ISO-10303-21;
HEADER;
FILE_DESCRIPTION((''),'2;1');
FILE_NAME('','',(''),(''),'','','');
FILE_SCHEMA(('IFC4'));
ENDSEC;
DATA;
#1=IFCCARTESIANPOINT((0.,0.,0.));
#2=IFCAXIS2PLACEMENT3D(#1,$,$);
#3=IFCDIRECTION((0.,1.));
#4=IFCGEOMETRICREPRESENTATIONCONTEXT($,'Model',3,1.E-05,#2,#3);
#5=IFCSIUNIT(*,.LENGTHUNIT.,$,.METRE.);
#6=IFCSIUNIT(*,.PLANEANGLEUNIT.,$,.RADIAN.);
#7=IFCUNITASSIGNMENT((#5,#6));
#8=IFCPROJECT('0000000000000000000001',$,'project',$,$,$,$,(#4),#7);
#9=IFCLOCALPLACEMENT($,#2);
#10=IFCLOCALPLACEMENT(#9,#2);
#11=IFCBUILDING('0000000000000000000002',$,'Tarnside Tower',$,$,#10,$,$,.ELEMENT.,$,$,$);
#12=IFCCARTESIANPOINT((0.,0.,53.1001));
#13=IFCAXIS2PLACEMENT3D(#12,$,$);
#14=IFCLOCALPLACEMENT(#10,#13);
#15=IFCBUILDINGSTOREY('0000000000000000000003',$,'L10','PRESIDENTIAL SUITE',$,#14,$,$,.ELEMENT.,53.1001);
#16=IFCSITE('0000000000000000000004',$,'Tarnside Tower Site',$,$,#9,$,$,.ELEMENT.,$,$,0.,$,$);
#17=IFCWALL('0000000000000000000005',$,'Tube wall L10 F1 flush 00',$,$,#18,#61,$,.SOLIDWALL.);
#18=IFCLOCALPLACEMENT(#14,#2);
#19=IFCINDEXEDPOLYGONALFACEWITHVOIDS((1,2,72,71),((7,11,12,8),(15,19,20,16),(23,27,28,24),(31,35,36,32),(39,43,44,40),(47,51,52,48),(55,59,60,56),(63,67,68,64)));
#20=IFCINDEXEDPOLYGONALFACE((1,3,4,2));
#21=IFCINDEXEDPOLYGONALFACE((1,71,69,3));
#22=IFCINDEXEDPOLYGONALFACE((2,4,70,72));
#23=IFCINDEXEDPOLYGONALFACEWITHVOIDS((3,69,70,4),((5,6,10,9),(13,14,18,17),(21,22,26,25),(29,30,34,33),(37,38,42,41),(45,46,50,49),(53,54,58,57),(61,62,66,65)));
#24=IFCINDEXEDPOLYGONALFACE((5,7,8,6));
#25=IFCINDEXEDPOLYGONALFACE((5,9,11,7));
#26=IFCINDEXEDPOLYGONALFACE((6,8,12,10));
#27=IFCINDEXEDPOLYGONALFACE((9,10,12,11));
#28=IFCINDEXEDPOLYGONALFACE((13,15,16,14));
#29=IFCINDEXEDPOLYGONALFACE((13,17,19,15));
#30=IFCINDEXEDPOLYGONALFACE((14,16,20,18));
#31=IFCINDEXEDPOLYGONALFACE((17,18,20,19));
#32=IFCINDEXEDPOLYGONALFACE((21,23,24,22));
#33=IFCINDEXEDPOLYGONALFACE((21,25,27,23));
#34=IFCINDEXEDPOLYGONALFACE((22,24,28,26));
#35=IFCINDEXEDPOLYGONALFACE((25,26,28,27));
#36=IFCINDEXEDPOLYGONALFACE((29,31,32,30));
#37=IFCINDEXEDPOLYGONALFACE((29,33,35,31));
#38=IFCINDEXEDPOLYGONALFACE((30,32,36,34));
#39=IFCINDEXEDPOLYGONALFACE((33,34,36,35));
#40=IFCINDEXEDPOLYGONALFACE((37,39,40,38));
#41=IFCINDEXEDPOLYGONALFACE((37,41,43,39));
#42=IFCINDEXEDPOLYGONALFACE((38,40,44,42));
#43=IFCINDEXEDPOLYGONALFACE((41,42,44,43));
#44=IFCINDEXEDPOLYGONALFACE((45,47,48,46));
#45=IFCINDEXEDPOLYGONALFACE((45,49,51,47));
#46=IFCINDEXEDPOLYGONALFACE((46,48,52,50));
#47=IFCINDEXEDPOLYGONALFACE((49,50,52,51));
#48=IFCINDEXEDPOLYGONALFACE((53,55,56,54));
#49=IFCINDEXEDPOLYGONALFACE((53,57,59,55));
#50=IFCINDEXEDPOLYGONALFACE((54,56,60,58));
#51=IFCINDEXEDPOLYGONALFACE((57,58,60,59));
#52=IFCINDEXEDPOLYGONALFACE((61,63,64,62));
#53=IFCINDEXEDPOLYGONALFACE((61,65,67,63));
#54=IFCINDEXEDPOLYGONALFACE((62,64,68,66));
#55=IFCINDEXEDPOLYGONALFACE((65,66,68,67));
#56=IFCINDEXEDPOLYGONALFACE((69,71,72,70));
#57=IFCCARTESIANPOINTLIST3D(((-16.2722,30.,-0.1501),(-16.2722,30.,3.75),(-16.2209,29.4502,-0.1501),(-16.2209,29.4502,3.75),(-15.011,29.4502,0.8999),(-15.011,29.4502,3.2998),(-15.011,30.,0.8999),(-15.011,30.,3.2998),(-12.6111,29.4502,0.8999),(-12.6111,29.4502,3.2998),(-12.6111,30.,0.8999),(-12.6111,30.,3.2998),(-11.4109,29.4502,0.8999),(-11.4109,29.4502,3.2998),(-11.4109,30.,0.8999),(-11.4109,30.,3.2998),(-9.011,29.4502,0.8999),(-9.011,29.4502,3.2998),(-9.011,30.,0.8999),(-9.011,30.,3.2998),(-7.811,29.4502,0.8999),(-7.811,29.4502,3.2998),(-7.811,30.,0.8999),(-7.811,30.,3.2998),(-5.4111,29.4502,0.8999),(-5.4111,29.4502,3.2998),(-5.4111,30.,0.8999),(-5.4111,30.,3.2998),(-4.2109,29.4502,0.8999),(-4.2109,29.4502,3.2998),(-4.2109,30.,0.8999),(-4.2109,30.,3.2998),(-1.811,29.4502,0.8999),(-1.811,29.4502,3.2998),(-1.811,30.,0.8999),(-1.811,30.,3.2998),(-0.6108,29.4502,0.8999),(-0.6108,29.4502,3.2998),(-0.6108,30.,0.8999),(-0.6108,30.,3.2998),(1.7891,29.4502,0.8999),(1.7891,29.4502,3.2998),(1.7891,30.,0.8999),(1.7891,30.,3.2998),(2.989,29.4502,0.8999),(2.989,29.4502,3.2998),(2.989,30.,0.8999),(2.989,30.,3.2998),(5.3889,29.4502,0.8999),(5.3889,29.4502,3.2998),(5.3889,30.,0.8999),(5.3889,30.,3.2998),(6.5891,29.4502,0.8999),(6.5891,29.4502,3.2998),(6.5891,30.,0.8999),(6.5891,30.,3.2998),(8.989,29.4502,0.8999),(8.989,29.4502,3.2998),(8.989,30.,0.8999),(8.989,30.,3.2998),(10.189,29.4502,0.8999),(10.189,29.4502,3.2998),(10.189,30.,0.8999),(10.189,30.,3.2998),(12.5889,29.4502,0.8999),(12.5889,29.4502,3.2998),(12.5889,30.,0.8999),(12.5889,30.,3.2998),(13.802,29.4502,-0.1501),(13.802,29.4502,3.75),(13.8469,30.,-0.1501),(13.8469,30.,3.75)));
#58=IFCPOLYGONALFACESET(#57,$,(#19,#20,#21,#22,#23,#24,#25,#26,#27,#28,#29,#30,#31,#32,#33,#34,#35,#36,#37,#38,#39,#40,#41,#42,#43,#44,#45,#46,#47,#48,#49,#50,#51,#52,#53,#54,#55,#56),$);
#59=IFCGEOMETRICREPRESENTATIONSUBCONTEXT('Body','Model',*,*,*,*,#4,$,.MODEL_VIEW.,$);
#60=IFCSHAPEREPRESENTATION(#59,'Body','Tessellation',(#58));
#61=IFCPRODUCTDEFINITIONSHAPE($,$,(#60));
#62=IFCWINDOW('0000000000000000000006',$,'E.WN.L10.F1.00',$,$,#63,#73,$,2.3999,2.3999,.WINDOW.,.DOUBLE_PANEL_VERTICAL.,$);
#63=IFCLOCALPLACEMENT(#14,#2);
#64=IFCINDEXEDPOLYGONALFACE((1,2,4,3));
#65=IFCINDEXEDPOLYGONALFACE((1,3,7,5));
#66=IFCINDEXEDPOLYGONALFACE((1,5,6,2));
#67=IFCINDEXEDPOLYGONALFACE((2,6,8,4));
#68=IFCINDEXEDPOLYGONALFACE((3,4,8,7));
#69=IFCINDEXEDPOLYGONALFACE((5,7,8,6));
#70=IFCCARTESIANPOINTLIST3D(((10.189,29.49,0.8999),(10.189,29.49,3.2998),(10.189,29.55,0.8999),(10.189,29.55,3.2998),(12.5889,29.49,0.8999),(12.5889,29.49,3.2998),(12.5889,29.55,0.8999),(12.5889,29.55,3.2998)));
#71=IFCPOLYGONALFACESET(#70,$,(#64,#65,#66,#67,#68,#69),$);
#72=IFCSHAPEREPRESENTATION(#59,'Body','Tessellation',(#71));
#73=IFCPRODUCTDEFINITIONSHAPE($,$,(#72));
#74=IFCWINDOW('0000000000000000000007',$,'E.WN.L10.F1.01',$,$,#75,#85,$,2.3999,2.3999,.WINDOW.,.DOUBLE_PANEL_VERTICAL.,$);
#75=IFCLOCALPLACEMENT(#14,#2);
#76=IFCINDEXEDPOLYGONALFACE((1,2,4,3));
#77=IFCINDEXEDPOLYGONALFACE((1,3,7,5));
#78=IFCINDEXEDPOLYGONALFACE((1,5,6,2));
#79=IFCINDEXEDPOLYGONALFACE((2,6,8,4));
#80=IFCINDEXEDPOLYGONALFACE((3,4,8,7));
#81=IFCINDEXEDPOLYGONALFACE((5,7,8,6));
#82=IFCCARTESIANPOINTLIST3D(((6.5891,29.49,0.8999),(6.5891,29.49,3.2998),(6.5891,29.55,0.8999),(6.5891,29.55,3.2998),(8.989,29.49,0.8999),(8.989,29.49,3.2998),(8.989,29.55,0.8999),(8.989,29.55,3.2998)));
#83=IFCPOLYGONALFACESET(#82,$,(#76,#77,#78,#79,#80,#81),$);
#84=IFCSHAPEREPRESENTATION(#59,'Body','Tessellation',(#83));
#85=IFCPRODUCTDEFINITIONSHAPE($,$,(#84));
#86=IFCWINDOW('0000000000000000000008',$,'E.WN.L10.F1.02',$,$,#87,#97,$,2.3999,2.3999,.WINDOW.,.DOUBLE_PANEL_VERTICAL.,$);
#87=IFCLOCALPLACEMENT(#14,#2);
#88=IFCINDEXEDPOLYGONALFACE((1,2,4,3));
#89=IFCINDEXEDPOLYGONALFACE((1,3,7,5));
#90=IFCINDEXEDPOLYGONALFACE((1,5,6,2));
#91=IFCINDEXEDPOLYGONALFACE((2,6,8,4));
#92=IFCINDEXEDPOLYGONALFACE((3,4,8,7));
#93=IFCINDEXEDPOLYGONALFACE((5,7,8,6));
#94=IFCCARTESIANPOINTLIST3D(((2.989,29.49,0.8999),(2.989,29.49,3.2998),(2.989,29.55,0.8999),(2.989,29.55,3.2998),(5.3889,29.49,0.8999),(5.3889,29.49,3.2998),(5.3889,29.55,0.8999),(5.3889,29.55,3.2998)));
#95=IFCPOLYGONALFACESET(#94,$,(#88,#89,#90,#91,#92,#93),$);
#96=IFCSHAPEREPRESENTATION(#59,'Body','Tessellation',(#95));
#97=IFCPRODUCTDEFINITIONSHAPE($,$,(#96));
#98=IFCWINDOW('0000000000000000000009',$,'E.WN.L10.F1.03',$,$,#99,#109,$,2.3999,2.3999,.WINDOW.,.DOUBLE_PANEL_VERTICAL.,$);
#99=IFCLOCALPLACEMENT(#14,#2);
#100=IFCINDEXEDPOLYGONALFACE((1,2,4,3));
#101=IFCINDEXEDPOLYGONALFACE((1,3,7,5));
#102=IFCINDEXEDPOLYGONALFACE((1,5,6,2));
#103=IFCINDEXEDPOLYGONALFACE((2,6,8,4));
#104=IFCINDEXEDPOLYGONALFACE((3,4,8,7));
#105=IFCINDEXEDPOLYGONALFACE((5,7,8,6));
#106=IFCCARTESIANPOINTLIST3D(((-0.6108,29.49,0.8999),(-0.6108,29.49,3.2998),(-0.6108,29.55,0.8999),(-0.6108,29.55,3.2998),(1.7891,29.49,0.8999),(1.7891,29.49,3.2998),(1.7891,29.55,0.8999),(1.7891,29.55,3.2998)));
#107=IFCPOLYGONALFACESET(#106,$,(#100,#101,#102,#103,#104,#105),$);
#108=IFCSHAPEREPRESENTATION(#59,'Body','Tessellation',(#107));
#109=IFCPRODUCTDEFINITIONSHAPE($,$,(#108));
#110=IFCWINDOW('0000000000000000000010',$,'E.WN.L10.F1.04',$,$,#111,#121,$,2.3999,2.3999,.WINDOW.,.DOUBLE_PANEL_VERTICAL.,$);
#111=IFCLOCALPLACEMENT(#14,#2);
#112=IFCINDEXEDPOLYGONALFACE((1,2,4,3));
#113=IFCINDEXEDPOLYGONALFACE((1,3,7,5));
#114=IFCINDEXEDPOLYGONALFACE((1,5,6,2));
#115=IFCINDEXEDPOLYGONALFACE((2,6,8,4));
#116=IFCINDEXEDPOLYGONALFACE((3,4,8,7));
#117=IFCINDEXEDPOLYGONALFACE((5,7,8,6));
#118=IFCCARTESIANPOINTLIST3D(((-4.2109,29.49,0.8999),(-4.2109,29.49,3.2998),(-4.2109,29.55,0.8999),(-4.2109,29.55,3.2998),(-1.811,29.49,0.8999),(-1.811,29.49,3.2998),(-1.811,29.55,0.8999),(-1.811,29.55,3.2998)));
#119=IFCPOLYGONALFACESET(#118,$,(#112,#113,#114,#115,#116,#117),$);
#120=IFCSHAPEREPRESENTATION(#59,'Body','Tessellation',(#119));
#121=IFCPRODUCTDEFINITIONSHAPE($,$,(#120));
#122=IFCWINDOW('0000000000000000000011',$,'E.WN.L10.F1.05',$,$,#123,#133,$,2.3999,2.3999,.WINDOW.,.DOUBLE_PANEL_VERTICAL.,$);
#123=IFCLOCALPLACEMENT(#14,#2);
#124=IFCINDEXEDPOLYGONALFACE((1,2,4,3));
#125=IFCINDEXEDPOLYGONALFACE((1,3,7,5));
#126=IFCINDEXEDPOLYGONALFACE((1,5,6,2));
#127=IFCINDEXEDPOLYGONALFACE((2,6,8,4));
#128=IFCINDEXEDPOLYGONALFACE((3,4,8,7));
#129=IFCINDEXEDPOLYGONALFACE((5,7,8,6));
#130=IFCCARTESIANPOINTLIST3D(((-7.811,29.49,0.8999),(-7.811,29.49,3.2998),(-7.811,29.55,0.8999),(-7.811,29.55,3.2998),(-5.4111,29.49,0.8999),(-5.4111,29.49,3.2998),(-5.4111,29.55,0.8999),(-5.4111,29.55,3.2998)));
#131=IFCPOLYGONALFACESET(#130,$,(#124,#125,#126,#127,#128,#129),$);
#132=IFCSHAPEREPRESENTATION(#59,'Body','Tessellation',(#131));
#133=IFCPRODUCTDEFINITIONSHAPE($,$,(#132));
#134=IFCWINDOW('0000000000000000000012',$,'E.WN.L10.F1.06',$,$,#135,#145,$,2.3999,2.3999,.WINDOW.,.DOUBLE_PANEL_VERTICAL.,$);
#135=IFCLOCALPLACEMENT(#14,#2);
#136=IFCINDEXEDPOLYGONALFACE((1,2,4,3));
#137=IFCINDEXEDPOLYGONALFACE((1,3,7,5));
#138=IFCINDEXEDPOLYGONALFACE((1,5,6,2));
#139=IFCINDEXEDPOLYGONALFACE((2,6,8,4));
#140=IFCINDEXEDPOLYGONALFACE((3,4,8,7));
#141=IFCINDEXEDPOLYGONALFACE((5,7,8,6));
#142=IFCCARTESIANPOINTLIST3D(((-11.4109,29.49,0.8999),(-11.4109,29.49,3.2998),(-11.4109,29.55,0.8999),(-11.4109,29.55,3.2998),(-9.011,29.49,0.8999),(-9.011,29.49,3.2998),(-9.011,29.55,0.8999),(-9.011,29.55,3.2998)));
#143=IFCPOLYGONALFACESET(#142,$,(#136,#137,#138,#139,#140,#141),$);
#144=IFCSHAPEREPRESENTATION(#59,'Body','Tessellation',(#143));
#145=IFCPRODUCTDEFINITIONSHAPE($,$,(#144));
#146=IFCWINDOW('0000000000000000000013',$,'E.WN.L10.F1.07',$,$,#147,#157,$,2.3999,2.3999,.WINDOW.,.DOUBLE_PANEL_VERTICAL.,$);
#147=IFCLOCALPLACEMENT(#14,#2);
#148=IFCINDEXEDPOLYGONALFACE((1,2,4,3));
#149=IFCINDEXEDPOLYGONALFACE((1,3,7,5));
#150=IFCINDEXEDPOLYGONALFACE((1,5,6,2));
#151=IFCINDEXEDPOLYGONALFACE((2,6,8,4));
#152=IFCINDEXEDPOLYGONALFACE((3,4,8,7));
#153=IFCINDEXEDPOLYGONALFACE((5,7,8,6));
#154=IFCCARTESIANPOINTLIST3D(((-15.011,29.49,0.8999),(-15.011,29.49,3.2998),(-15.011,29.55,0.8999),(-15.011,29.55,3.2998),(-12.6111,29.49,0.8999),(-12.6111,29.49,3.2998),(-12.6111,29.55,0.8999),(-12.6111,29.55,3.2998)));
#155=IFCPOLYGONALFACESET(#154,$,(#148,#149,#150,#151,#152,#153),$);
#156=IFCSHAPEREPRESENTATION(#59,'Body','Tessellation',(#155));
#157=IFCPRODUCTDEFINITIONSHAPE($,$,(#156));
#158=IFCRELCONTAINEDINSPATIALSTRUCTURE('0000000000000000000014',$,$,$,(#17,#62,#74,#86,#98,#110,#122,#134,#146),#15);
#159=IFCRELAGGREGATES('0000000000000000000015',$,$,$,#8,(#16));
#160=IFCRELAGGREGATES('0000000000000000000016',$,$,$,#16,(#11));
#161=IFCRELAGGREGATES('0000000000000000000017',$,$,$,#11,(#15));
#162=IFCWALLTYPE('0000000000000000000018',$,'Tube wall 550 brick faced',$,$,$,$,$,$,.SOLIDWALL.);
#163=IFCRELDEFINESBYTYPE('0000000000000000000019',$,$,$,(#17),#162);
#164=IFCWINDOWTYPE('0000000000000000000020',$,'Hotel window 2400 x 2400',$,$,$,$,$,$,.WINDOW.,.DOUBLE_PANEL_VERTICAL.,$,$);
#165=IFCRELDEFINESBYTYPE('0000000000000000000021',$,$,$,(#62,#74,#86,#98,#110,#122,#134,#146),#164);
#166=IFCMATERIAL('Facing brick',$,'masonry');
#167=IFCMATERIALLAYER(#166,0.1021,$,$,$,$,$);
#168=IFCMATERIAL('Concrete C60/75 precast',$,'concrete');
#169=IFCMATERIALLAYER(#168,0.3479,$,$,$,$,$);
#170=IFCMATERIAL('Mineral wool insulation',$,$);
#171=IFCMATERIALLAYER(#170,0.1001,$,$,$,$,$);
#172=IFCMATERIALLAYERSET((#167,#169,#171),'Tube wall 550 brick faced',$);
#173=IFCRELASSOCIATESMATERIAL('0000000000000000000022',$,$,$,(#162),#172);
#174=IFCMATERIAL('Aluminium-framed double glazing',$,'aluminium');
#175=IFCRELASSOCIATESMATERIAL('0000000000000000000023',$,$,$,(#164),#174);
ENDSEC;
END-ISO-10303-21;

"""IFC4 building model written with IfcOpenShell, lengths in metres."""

from ifc_helpers import new_model, si_unit, direction, frame, frame_2d, origin, place, context, subcontext, project, spatial, polyline, rectangle, outline, extrude, material, layer, layer_set, type_object, element, fill, save


model = new_model("IFC4")

# Units and contexts
model_context = context("Model", 3, precision=1e-05, world=origin(), true_north=direction((0.0, 1.0)))
body_context = subcontext(model_context, "Body", "Model", "MODEL_VIEW")
ifc_project = project(units=[si_unit("LENGTHUNIT", "METRE"), si_unit("PLANEANGLEUNIT", "RADIAN")], contexts=[model_context])

# Site, building, storey
site_placement = place(None, origin())
site = spatial("IfcSite", under=ifc_project, at=site_placement, Name="Tarnside Tower Site", CompositionType="ELEMENT", RefElevation=0.0)
building_placement = place(site_placement, origin())
building = spatial("IfcBuilding", under=site, at=building_placement, Name="Tarnside Tower", CompositionType="ELEMENT")
storey_placement = place(building_placement, frame((0.0, 0.0, 53.1001)))
storey = spatial("IfcBuildingStorey", under=building, at=storey_placement, Name="L10", Description="PRESIDENTIAL SUITE", CompositionType="ELEMENT", Elevation=53.1001)

# Wall, openings, windows
ifc_material_1 = material(Name="Facing brick", Category="masonry")
ifc_layer_1 = layer(ifc_material_1, 0.1021)
ifc_material_2 = material(Name="Concrete C60/75 precast", Category="concrete")
ifc_layer_2 = layer(ifc_material_2, 0.3479)
ifc_material_3 = material(Name="Mineral wool insulation")
ifc_layer_3 = layer(ifc_material_3, 0.1001)
ifc_layer_set_1 = layer_set([ifc_layer_1, ifc_layer_2, ifc_layer_3], Name="Tube wall 550 brick faced")
wall_type_1 = type_object("IfcWallType", Name="Tube wall 550 brick faced", PredefinedType="SOLIDWALL", material=ifc_layer_set_1)
wall_1_placement = place(storey_placement, frame((13.8245, 29.7251, -0.1501), z_axis=(0.0, 0.0, 1.0), x_axis=(-1.0, 0.0, 0.0)))
wall_1 = element("IfcWall", 1, at=wall_1_placement, inside=storey, type_object=wall_type_1, Name="Tube wall L10 F1 flush 00", PredefinedType="SOLIDWALL", context=body_context, shape_type="SweptSolid", body=[
    extrude(outline(polyline([(-0.0225, -0.2749), (30.0967, -0.2749), (30.0454, 0.2749), (0.0225, 0.2749), (-0.0225, -0.2749)])), origin(), (0.0, 0.0, 1.0), 3.9001),
])
opening_1_placement = place(wall_1_placement, frame((1.2356, 0.0, 1.05)))
opening_1 = element("IfcOpeningElement", 2, at=opening_1_placement, cuts=wall_1, PredefinedType="OPENING", context=body_context, shape_type="SweptSolid", body=[
    extrude(rectangle(XDim=2.3999, YDim=2.3999, at=frame_2d((1.2, 1.2))), frame((0.0, 0.2852, 0.0), z_axis=(0.0, -1.0, 0.0), x_axis=(1.0, 0.0, 0.0)), (0.0, 0.0, 1.0), 0.5701),
])
opening_2_placement = place(wall_1_placement, frame((4.8354, 0.0, 1.05)))
opening_2 = element("IfcOpeningElement", 3, at=opening_2_placement, cuts=wall_1, PredefinedType="OPENING", context=body_context, shape_type="SweptSolid", body=[
    extrude(rectangle(XDim=2.3999, YDim=2.3999, at=frame_2d((1.2, 1.2))), frame((0.0, 0.2852, 0.0), z_axis=(0.0, -1.0, 0.0), x_axis=(1.0, 0.0, 0.0)), (0.0, 0.0, 1.0), 0.5701),
])
opening_3_placement = place(wall_1_placement, frame((8.4355, 0.0, 1.05)))
opening_3 = element("IfcOpeningElement", 4, at=opening_3_placement, cuts=wall_1, PredefinedType="OPENING", context=body_context, shape_type="SweptSolid", body=[
    extrude(rectangle(XDim=2.3999, YDim=2.3999, at=frame_2d((1.2, 1.2))), frame((0.0, 0.2852, 0.0), z_axis=(0.0, -1.0, 0.0), x_axis=(1.0, 0.0, 0.0)), (0.0, 0.0, 1.0), 0.5701),
])
opening_4_placement = place(wall_1_placement, frame((12.0354, 0.0, 1.05)))
opening_4 = element("IfcOpeningElement", 5, at=opening_4_placement, cuts=wall_1, PredefinedType="OPENING", context=body_context, shape_type="SweptSolid", body=[
    extrude(rectangle(XDim=2.3999, YDim=2.3999, at=frame_2d((1.2, 1.2))), frame((0.0, 0.2852, 0.0), z_axis=(0.0, -1.0, 0.0), x_axis=(1.0, 0.0, 0.0)), (0.0, 0.0, 1.0), 0.5701),
])
opening_5_placement = place(wall_1_placement, frame((15.6355, 0.0, 1.05)))
opening_5 = element("IfcOpeningElement", 6, at=opening_5_placement, cuts=wall_1, PredefinedType="OPENING", context=body_context, shape_type="SweptSolid", body=[
    extrude(rectangle(XDim=2.3999, YDim=2.3999, at=frame_2d((1.2, 1.2))), frame((0.0, 0.2852, 0.0), z_axis=(0.0, -1.0, 0.0), x_axis=(1.0, 0.0, 0.0)), (0.0, 0.0, 1.0), 0.5701),
])
opening_6_placement = place(wall_1_placement, frame((19.2356, 0.0, 1.05)))
opening_6 = element("IfcOpeningElement", 7, at=opening_6_placement, cuts=wall_1, PredefinedType="OPENING", context=body_context, shape_type="SweptSolid", body=[
    extrude(rectangle(XDim=2.3999, YDim=2.3999, at=frame_2d((1.2, 1.2))), frame((0.0, 0.2852, 0.0), z_axis=(0.0, -1.0, 0.0), x_axis=(1.0, 0.0, 0.0)), (0.0, 0.0, 1.0), 0.5701),
])
opening_7_placement = place(wall_1_placement, frame((22.8354, 0.0, 1.05)))
opening_7 = element("IfcOpeningElement", 8, at=opening_7_placement, cuts=wall_1, PredefinedType="OPENING", context=body_context, shape_type="SweptSolid", body=[
    extrude(rectangle(XDim=2.3999, YDim=2.3999, at=frame_2d((1.2, 1.2))), frame((0.0, 0.2852, 0.0), z_axis=(0.0, -1.0, 0.0), x_axis=(1.0, 0.0, 0.0)), (0.0, 0.0, 1.0), 0.5701),
])
opening_8_placement = place(wall_1_placement, frame((26.4355, 0.0, 1.05)))
opening_8 = element("IfcOpeningElement", 9, at=opening_8_placement, cuts=wall_1, PredefinedType="OPENING", context=body_context, shape_type="SweptSolid", body=[
    extrude(rectangle(XDim=2.3999, YDim=2.3999, at=frame_2d((1.2, 1.2))), frame((0.0, 0.2852, 0.0), z_axis=(0.0, -1.0, 0.0), x_axis=(1.0, 0.0, 0.0)), (0.0, 0.0, 1.0), 0.5701),
])
ifc_material_4 = material(Name="Aluminium-framed double glazing", Category="aluminium")
window_type = type_object("IfcWindowType", Name="Hotel window 2400 x 2400", PartitioningType="DOUBLE_PANEL_VERTICAL", PredefinedType="WINDOW", material=ifc_material_4)
window_1_placement = place(opening_1_placement, frame((0.0, 0.2051, 0.0)))
window_1 = element("IfcWindow", 10, at=window_1_placement, inside=storey, type_object=window_type, Name="E.WN.L10.F1.00", OverallHeight=2.3999, OverallWidth=2.3999, PartitioningType="DOUBLE_PANEL_VERTICAL", PredefinedType="WINDOW", context=body_context, shape_type="SweptSolid", body=[
    extrude(rectangle(XDim=2.3999, YDim=2.3999, at=frame_2d((1.2, 1.2))), frame((0.0, 0.03, 0.0), z_axis=(0.0, -1.0, 0.0), x_axis=(1.0, 0.0, 0.0)), (0.0, 0.0, 1.0), 0.0601),
])
fill(opening_1, window_1)
window_2_placement = place(opening_2_placement, frame((0.0, 0.2051, 0.0)))
window_2 = element("IfcWindow", 11, at=window_2_placement, inside=storey, type_object=window_type, Name="E.WN.L10.F1.01", OverallHeight=2.3999, OverallWidth=2.3999, PartitioningType="DOUBLE_PANEL_VERTICAL", PredefinedType="WINDOW", context=body_context, shape_type="SweptSolid", body=[
    extrude(rectangle(XDim=2.3999, YDim=2.3999, at=frame_2d((1.2, 1.2))), frame((0.0, 0.03, 0.0), z_axis=(0.0, -1.0, 0.0), x_axis=(1.0, 0.0, 0.0)), (0.0, 0.0, 1.0), 0.0601),
])
fill(opening_2, window_2)
window_3_placement = place(opening_3_placement, frame((0.0, 0.2051, 0.0)))
window_3 = element("IfcWindow", 12, at=window_3_placement, inside=storey, type_object=window_type, Name="E.WN.L10.F1.02", OverallHeight=2.3999, OverallWidth=2.3999, PartitioningType="DOUBLE_PANEL_VERTICAL", PredefinedType="WINDOW", context=body_context, shape_type="SweptSolid", body=[
    extrude(rectangle(XDim=2.3999, YDim=2.3999, at=frame_2d((1.2, 1.2))), frame((0.0, 0.03, 0.0), z_axis=(0.0, -1.0, 0.0), x_axis=(1.0, 0.0, 0.0)), (0.0, 0.0, 1.0), 0.0601),
])
fill(opening_3, window_3)
window_4_placement = place(opening_4_placement, frame((0.0, 0.2051, 0.0)))
window_4 = element("IfcWindow", 13, at=window_4_placement, inside=storey, type_object=window_type, Name="E.WN.L10.F1.03", OverallHeight=2.3999, OverallWidth=2.3999, PartitioningType="DOUBLE_PANEL_VERTICAL", PredefinedType="WINDOW", context=body_context, shape_type="SweptSolid", body=[
    extrude(rectangle(XDim=2.3999, YDim=2.3999, at=frame_2d((1.2, 1.2))), frame((0.0, 0.03, 0.0), z_axis=(0.0, -1.0, 0.0), x_axis=(1.0, 0.0, 0.0)), (0.0, 0.0, 1.0), 0.0601),
])
fill(opening_4, window_4)
window_5_placement = place(opening_5_placement, frame((0.0, 0.2051, 0.0)))
window_5 = element("IfcWindow", 14, at=window_5_placement, inside=storey, type_object=window_type, Name="E.WN.L10.F1.04", OverallHeight=2.3999, OverallWidth=2.3999, PartitioningType="DOUBLE_PANEL_VERTICAL", PredefinedType="WINDOW", context=body_context, shape_type="SweptSolid", body=[
    extrude(rectangle(XDim=2.3999, YDim=2.3999, at=frame_2d((1.2, 1.2))), frame((0.0, 0.03, 0.0), z_axis=(0.0, -1.0, 0.0), x_axis=(1.0, 0.0, 0.0)), (0.0, 0.0, 1.0), 0.0601),
])
fill(opening_5, window_5)
window_6_placement = place(opening_6_placement, frame((0.0, 0.2051, 0.0)))
window_6 = element("IfcWindow", 15, at=window_6_placement, inside=storey, type_object=window_type, Name="E.WN.L10.F1.05", OverallHeight=2.3999, OverallWidth=2.3999, PartitioningType="DOUBLE_PANEL_VERTICAL", PredefinedType="WINDOW", context=body_context, shape_type="SweptSolid", body=[
    extrude(rectangle(XDim=2.3999, YDim=2.3999, at=frame_2d((1.2, 1.2))), frame((0.0, 0.03, 0.0), z_axis=(0.0, -1.0, 0.0), x_axis=(1.0, 0.0, 0.0)), (0.0, 0.0, 1.0), 0.0601),
])
fill(opening_6, window_6)
window_7_placement = place(opening_7_placement, frame((0.0, 0.2051, 0.0)))
window_7 = element("IfcWindow", 16, at=window_7_placement, inside=storey, type_object=window_type, Name="E.WN.L10.F1.06", OverallHeight=2.3999, OverallWidth=2.3999, PartitioningType="DOUBLE_PANEL_VERTICAL", PredefinedType="WINDOW", context=body_context, shape_type="SweptSolid", body=[
    extrude(rectangle(XDim=2.3999, YDim=2.3999, at=frame_2d((1.2, 1.2))), frame((0.0, 0.03, 0.0), z_axis=(0.0, -1.0, 0.0), x_axis=(1.0, 0.0, 0.0)), (0.0, 0.0, 1.0), 0.0601),
])
fill(opening_7, window_7)
window_8_placement = place(opening_8_placement, frame((0.0, 0.2051, 0.0)))
window_8 = element("IfcWindow", 17, at=window_8_placement, inside=storey, type_object=window_type, Name="E.WN.L10.F1.07", OverallHeight=2.3999, OverallWidth=2.3999, PartitioningType="DOUBLE_PANEL_VERTICAL", PredefinedType="WINDOW", context=body_context, shape_type="SweptSolid", body=[
    extrude(rectangle(XDim=2.3999, YDim=2.3999, at=frame_2d((1.2, 1.2))), frame((0.0, 0.03, 0.0), z_axis=(0.0, -1.0, 0.0), x_axis=(1.0, 0.0, 0.0)), (0.0, 0.0, 1.0), 0.0601),
])
fill(opening_8, window_8)

save(model, "model.ifc")
